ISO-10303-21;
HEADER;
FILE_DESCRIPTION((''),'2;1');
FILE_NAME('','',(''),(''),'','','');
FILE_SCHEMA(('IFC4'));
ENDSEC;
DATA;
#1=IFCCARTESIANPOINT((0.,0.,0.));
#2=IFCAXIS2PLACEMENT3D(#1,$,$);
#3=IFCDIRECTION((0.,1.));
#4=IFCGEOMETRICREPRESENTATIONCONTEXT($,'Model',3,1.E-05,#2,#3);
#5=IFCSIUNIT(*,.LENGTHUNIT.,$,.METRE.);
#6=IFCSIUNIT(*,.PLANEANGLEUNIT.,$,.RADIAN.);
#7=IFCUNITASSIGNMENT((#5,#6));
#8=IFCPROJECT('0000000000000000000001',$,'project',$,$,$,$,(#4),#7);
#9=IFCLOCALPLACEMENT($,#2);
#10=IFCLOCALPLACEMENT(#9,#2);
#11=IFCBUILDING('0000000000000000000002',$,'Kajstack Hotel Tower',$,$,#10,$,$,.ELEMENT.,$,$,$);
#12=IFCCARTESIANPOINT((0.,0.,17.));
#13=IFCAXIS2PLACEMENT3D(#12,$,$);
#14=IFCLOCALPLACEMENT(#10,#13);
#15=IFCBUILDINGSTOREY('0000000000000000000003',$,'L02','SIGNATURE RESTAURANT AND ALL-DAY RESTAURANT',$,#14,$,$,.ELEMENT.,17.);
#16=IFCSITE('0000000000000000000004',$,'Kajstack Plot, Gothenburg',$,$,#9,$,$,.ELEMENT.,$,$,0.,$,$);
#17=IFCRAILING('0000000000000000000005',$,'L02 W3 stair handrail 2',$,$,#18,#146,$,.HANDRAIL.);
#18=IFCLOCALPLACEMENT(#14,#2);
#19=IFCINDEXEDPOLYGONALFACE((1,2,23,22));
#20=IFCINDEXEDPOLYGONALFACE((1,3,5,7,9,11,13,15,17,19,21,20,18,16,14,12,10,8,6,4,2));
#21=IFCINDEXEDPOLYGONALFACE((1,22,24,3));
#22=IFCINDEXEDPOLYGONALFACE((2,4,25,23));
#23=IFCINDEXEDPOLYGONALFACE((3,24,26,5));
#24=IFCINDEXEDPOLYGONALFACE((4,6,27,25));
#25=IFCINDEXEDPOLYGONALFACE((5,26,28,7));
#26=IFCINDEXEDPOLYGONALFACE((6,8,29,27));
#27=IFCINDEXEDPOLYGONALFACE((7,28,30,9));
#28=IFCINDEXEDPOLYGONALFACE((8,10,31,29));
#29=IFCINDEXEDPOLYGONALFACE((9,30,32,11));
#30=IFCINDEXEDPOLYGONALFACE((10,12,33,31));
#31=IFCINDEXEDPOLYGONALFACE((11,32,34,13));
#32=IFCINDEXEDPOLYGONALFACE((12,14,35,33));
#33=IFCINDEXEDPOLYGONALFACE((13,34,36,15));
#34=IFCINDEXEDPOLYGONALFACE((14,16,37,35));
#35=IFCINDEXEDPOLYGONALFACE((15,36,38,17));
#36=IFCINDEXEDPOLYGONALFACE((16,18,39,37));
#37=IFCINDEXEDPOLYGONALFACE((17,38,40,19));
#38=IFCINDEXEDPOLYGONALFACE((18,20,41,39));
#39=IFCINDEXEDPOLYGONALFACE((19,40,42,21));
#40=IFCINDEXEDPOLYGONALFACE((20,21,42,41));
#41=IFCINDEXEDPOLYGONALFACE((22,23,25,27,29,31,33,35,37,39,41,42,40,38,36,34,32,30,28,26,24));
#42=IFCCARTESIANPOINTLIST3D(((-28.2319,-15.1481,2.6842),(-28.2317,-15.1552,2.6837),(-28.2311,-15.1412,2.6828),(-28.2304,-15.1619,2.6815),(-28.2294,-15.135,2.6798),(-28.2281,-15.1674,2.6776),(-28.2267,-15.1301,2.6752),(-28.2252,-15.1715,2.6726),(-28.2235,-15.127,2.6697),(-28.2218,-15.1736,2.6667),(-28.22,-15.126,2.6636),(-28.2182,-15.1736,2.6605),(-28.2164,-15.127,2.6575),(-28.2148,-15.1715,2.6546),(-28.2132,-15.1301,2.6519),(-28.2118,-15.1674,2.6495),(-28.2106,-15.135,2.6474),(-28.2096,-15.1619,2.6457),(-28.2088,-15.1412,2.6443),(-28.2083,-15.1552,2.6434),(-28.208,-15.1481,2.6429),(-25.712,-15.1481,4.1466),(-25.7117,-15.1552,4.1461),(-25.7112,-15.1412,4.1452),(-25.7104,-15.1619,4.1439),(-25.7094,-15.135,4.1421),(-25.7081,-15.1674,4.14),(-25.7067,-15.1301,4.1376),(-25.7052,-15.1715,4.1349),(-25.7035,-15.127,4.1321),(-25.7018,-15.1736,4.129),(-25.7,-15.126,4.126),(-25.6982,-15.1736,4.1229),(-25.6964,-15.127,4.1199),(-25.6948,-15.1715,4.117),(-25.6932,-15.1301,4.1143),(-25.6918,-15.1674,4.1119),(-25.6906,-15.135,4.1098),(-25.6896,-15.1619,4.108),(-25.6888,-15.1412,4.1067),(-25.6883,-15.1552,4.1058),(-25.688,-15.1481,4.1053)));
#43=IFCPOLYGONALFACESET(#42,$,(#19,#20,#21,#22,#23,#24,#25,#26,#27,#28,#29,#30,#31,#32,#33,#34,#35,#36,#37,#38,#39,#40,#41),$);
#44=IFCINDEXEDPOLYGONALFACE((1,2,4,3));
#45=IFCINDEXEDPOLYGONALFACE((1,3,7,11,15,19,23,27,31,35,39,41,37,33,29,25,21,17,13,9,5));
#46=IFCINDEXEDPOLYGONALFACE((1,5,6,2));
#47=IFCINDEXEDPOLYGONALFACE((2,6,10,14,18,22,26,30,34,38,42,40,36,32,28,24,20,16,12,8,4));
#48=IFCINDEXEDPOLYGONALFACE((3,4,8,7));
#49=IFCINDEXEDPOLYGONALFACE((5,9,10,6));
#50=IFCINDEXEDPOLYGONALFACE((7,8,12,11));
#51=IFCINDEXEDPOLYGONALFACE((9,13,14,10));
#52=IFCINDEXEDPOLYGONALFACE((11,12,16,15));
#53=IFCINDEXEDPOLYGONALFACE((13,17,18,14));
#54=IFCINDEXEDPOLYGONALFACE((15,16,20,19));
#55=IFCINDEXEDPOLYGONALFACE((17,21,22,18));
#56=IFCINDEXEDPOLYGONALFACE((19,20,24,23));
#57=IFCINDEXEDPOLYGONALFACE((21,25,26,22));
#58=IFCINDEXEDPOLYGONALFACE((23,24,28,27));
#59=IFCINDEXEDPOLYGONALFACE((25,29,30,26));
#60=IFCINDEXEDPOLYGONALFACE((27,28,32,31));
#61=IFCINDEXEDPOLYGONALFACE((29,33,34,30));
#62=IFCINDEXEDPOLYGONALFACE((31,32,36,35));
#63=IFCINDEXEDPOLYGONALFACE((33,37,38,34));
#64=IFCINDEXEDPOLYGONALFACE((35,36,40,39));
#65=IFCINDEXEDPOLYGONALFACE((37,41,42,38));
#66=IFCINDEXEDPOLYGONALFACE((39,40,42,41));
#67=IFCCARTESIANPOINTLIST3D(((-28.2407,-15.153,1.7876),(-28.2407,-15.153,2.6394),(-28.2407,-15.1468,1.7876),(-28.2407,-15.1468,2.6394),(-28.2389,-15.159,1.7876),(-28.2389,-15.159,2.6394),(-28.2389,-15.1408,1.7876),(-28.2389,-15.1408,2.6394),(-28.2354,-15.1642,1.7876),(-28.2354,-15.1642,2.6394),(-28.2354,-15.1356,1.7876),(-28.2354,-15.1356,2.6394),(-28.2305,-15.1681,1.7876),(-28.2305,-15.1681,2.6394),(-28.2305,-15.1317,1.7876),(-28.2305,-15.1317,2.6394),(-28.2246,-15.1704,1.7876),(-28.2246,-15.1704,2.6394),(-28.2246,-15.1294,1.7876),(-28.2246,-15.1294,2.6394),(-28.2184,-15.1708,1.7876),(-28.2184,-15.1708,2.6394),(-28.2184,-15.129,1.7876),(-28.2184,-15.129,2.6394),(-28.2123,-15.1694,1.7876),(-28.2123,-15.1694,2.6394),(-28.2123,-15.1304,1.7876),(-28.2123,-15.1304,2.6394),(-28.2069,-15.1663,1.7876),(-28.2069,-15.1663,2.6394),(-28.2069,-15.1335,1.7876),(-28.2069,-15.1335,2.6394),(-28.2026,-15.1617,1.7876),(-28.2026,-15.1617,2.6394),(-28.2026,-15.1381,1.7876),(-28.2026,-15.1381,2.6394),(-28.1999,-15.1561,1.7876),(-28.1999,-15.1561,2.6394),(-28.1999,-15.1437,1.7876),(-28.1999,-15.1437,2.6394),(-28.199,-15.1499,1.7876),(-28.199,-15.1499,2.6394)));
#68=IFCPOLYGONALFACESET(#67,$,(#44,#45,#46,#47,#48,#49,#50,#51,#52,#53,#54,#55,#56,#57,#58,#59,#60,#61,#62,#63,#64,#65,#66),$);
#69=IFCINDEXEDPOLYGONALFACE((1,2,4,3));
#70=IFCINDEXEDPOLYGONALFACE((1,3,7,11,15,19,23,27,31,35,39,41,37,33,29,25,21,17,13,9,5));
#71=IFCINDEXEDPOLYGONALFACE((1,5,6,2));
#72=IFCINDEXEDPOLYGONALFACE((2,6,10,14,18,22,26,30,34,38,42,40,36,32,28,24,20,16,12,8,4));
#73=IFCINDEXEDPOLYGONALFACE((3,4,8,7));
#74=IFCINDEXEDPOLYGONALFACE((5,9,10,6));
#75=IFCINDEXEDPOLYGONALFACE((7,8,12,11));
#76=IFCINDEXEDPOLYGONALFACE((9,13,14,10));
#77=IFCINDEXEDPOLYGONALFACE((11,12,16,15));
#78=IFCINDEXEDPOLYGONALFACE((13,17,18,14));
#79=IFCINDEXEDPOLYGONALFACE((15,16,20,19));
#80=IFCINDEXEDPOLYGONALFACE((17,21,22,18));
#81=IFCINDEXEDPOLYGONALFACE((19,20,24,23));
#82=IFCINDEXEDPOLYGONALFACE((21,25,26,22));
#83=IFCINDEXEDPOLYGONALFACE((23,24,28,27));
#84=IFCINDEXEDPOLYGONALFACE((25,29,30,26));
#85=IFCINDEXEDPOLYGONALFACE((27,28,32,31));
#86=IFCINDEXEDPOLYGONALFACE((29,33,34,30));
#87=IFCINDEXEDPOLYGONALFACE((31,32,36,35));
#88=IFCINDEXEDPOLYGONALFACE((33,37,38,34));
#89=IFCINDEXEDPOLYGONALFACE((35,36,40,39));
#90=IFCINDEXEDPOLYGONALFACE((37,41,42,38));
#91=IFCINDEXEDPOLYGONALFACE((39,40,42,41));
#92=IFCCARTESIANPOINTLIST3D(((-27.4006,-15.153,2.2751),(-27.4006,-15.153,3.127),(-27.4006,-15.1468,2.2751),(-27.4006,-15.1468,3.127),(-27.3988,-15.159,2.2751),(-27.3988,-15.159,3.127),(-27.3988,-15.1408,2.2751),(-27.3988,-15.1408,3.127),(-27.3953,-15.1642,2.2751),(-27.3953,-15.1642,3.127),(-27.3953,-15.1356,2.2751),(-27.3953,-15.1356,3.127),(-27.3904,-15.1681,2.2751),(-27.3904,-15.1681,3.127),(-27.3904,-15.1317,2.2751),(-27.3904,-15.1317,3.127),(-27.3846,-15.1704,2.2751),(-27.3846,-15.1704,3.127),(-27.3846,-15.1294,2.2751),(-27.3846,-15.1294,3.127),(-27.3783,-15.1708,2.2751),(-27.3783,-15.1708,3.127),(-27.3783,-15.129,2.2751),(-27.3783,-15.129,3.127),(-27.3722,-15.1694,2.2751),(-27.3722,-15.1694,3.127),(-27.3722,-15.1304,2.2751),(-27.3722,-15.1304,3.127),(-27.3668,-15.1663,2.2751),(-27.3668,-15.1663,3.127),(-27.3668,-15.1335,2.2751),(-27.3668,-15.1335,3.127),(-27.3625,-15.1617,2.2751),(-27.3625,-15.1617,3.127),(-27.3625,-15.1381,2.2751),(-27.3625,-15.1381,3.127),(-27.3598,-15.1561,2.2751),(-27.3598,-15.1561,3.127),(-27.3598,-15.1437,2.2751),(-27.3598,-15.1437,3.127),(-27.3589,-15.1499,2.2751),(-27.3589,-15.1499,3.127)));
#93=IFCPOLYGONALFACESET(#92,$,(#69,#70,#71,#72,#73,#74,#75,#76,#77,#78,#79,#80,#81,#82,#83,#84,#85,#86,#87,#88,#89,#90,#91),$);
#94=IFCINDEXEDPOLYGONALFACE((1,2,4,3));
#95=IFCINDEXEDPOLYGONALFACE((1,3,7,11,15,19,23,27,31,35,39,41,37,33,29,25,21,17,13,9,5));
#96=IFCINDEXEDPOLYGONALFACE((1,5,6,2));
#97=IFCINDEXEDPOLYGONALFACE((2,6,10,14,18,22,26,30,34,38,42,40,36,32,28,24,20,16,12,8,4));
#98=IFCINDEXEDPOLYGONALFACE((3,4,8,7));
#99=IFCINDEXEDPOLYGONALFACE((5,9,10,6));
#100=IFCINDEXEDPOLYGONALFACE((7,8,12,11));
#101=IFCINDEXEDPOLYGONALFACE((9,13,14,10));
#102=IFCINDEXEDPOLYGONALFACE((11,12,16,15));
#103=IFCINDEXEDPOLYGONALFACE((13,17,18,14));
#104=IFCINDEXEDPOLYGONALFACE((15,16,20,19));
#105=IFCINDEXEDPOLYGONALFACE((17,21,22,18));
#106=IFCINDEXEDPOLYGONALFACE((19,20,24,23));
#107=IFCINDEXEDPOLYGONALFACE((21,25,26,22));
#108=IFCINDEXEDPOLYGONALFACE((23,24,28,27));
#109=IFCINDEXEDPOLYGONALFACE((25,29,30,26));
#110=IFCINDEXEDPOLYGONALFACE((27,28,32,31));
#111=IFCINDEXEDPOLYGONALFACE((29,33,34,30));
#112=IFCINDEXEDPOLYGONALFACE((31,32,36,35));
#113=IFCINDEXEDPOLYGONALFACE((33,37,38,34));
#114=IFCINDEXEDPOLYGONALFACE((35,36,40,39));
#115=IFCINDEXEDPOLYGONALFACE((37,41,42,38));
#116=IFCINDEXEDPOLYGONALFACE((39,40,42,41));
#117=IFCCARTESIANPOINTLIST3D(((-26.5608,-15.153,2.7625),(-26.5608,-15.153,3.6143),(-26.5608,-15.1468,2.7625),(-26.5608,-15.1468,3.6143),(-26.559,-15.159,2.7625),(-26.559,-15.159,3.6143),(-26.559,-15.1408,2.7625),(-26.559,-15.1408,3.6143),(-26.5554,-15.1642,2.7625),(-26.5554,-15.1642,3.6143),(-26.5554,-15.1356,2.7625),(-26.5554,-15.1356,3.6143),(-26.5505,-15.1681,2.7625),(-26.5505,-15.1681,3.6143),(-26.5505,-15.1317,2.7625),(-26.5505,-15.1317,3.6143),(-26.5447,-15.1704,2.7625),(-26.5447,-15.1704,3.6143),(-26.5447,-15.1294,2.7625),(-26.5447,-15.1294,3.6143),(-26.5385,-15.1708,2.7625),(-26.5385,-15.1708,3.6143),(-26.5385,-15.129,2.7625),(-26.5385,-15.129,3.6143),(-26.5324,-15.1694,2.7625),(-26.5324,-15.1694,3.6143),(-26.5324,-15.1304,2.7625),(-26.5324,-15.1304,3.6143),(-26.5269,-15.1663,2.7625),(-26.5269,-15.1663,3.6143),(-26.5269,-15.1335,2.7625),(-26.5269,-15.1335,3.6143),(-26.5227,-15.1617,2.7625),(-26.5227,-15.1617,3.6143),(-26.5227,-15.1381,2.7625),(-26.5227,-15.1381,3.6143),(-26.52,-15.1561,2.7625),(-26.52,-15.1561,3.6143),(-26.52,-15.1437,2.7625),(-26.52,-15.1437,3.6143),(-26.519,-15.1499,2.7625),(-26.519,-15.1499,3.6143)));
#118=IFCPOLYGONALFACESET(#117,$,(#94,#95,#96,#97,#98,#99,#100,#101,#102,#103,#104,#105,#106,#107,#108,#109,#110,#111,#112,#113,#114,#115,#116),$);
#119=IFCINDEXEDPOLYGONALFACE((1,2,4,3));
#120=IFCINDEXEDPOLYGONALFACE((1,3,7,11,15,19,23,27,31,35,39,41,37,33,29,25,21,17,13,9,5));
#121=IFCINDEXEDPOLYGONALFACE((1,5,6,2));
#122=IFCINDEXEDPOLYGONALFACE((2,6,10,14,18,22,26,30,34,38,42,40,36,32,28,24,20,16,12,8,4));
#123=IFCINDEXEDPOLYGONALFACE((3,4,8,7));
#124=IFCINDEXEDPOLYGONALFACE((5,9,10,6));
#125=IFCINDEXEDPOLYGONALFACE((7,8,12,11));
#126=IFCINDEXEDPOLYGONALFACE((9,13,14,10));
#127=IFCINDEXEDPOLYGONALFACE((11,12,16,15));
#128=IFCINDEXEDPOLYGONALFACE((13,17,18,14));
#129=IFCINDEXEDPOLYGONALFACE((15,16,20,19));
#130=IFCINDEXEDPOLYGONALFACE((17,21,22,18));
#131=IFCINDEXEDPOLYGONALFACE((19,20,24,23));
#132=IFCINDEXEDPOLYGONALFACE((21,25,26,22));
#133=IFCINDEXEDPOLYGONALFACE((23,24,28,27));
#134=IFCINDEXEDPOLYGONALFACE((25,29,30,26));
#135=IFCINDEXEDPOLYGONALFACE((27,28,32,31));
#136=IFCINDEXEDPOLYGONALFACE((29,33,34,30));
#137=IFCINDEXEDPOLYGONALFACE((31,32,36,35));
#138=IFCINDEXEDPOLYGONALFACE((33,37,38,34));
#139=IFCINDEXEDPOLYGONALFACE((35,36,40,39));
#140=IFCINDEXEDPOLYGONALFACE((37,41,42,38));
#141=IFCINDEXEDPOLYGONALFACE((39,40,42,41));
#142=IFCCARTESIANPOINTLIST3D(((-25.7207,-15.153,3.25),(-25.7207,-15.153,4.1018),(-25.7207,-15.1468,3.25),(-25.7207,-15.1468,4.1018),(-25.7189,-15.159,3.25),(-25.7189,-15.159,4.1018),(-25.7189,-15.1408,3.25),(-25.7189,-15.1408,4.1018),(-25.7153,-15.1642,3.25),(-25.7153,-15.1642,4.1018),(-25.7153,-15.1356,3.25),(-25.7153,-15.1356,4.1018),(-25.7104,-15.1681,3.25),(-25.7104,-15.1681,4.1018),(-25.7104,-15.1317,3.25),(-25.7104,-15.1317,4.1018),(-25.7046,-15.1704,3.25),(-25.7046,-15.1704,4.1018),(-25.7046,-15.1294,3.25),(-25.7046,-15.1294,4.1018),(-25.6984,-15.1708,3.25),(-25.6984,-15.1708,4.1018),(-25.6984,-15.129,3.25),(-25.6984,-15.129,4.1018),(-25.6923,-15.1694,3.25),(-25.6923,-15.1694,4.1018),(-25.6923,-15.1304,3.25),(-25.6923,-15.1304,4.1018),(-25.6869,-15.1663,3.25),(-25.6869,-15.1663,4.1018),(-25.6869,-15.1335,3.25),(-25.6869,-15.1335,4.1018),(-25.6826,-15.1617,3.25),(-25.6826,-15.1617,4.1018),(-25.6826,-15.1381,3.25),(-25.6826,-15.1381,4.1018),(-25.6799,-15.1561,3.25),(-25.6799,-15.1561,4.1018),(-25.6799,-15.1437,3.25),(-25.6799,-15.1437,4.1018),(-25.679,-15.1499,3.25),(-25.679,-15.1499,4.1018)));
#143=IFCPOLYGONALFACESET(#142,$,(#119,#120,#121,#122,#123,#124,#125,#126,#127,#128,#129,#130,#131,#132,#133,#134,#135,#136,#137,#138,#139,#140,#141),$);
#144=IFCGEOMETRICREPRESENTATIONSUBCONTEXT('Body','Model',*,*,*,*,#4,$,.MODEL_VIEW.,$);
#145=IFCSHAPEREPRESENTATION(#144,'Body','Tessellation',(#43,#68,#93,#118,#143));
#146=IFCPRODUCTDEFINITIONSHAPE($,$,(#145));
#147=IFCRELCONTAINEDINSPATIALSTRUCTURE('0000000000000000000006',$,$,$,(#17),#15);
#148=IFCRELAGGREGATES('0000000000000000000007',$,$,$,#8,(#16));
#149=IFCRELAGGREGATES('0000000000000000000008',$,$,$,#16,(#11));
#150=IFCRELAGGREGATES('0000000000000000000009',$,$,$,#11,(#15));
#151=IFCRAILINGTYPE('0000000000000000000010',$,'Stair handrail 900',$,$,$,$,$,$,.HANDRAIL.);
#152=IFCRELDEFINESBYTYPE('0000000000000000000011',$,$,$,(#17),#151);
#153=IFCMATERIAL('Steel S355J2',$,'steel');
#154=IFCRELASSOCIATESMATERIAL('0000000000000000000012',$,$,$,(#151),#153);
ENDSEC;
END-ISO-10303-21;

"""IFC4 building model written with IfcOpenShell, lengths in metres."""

from ifc_helpers import new_model, si_unit, direction, frame, origin, origin_2d, place, context, subcontext, project, spatial, circle, extrude, material, type_object, element, save


model = new_model("IFC4")

# Units and contexts
model_context = context("Model", 3, precision=1e-05, world=origin(), true_north=direction((0.0, 1.0)))
body_context = subcontext(model_context, "Body", "Model", "MODEL_VIEW")
ifc_project = project(units=[si_unit("LENGTHUNIT", "METRE"), si_unit("PLANEANGLEUNIT", "RADIAN")], contexts=[model_context])

# Site, building, storey
site_placement = place(None, origin())
site = spatial("IfcSite", under=ifc_project, at=site_placement, Name="Kajstack Plot, Gothenburg", CompositionType="ELEMENT", RefElevation=0.0)
building_placement = place(site_placement, origin())
building = spatial("IfcBuilding", under=site, at=building_placement, Name="Kajstack Hotel Tower", CompositionType="ELEMENT")
storey_placement = place(building_placement, frame((0.0, 0.0, 17.0)))
storey = spatial("IfcBuildingStorey", under=building, at=storey_placement, Name="L02", Description="SIGNATURE RESTAURANT AND ALL-DAY RESTAURANT", CompositionType="ELEMENT", Elevation=17.0)

# Railing
ifc_material_1 = material(Name="Steel S355J2", Category="steel")
railing_type_1 = type_object("IfcRailingType", Name="Stair handrail 900", PredefinedType="HANDRAIL", material=ifc_material_1)
for number, where, name in (
    (1, (-28.22, -15.1499, 1.7876), "L02 W3 stair handrail 2"),
):
    element("IfcRailing", number, at=place(storey_placement, frame(where)), inside=storey, type_object=railing_type_1, Name=name, PredefinedType="HANDRAIL", context=body_context, shape_type="SweptSolid", body=[
        extrude(circle(Radius=0.0239, at=origin_2d()), frame((0.0, 0.0, 0.876), z_axis=(0.864913, 0.0, 0.501921), x_axis=(0.0, 1.0, 0.0)), (0.0, 0.0, 1.0), 2.9136),
        extrude(circle(Radius=0.021, at=origin_2d()), origin(), (0.0, 0.0, 1.0), 0.8518),
        extrude(circle(Radius=0.021, at=origin_2d()), frame((0.8401, 0.0, 0.4875)), (0.0, 0.0, 1.0), 0.8518),
        extrude(circle(Radius=0.021, at=origin_2d()), frame((1.6799, 0.0, 0.9749)), (0.0, 0.0, 1.0), 0.8518),
        extrude(circle(Radius=0.021, at=origin_2d()), frame((2.52, 0.0, 1.4624)), (0.0, 0.0, 1.0), 0.8518),
    ])

save(model, "model.ifc")
